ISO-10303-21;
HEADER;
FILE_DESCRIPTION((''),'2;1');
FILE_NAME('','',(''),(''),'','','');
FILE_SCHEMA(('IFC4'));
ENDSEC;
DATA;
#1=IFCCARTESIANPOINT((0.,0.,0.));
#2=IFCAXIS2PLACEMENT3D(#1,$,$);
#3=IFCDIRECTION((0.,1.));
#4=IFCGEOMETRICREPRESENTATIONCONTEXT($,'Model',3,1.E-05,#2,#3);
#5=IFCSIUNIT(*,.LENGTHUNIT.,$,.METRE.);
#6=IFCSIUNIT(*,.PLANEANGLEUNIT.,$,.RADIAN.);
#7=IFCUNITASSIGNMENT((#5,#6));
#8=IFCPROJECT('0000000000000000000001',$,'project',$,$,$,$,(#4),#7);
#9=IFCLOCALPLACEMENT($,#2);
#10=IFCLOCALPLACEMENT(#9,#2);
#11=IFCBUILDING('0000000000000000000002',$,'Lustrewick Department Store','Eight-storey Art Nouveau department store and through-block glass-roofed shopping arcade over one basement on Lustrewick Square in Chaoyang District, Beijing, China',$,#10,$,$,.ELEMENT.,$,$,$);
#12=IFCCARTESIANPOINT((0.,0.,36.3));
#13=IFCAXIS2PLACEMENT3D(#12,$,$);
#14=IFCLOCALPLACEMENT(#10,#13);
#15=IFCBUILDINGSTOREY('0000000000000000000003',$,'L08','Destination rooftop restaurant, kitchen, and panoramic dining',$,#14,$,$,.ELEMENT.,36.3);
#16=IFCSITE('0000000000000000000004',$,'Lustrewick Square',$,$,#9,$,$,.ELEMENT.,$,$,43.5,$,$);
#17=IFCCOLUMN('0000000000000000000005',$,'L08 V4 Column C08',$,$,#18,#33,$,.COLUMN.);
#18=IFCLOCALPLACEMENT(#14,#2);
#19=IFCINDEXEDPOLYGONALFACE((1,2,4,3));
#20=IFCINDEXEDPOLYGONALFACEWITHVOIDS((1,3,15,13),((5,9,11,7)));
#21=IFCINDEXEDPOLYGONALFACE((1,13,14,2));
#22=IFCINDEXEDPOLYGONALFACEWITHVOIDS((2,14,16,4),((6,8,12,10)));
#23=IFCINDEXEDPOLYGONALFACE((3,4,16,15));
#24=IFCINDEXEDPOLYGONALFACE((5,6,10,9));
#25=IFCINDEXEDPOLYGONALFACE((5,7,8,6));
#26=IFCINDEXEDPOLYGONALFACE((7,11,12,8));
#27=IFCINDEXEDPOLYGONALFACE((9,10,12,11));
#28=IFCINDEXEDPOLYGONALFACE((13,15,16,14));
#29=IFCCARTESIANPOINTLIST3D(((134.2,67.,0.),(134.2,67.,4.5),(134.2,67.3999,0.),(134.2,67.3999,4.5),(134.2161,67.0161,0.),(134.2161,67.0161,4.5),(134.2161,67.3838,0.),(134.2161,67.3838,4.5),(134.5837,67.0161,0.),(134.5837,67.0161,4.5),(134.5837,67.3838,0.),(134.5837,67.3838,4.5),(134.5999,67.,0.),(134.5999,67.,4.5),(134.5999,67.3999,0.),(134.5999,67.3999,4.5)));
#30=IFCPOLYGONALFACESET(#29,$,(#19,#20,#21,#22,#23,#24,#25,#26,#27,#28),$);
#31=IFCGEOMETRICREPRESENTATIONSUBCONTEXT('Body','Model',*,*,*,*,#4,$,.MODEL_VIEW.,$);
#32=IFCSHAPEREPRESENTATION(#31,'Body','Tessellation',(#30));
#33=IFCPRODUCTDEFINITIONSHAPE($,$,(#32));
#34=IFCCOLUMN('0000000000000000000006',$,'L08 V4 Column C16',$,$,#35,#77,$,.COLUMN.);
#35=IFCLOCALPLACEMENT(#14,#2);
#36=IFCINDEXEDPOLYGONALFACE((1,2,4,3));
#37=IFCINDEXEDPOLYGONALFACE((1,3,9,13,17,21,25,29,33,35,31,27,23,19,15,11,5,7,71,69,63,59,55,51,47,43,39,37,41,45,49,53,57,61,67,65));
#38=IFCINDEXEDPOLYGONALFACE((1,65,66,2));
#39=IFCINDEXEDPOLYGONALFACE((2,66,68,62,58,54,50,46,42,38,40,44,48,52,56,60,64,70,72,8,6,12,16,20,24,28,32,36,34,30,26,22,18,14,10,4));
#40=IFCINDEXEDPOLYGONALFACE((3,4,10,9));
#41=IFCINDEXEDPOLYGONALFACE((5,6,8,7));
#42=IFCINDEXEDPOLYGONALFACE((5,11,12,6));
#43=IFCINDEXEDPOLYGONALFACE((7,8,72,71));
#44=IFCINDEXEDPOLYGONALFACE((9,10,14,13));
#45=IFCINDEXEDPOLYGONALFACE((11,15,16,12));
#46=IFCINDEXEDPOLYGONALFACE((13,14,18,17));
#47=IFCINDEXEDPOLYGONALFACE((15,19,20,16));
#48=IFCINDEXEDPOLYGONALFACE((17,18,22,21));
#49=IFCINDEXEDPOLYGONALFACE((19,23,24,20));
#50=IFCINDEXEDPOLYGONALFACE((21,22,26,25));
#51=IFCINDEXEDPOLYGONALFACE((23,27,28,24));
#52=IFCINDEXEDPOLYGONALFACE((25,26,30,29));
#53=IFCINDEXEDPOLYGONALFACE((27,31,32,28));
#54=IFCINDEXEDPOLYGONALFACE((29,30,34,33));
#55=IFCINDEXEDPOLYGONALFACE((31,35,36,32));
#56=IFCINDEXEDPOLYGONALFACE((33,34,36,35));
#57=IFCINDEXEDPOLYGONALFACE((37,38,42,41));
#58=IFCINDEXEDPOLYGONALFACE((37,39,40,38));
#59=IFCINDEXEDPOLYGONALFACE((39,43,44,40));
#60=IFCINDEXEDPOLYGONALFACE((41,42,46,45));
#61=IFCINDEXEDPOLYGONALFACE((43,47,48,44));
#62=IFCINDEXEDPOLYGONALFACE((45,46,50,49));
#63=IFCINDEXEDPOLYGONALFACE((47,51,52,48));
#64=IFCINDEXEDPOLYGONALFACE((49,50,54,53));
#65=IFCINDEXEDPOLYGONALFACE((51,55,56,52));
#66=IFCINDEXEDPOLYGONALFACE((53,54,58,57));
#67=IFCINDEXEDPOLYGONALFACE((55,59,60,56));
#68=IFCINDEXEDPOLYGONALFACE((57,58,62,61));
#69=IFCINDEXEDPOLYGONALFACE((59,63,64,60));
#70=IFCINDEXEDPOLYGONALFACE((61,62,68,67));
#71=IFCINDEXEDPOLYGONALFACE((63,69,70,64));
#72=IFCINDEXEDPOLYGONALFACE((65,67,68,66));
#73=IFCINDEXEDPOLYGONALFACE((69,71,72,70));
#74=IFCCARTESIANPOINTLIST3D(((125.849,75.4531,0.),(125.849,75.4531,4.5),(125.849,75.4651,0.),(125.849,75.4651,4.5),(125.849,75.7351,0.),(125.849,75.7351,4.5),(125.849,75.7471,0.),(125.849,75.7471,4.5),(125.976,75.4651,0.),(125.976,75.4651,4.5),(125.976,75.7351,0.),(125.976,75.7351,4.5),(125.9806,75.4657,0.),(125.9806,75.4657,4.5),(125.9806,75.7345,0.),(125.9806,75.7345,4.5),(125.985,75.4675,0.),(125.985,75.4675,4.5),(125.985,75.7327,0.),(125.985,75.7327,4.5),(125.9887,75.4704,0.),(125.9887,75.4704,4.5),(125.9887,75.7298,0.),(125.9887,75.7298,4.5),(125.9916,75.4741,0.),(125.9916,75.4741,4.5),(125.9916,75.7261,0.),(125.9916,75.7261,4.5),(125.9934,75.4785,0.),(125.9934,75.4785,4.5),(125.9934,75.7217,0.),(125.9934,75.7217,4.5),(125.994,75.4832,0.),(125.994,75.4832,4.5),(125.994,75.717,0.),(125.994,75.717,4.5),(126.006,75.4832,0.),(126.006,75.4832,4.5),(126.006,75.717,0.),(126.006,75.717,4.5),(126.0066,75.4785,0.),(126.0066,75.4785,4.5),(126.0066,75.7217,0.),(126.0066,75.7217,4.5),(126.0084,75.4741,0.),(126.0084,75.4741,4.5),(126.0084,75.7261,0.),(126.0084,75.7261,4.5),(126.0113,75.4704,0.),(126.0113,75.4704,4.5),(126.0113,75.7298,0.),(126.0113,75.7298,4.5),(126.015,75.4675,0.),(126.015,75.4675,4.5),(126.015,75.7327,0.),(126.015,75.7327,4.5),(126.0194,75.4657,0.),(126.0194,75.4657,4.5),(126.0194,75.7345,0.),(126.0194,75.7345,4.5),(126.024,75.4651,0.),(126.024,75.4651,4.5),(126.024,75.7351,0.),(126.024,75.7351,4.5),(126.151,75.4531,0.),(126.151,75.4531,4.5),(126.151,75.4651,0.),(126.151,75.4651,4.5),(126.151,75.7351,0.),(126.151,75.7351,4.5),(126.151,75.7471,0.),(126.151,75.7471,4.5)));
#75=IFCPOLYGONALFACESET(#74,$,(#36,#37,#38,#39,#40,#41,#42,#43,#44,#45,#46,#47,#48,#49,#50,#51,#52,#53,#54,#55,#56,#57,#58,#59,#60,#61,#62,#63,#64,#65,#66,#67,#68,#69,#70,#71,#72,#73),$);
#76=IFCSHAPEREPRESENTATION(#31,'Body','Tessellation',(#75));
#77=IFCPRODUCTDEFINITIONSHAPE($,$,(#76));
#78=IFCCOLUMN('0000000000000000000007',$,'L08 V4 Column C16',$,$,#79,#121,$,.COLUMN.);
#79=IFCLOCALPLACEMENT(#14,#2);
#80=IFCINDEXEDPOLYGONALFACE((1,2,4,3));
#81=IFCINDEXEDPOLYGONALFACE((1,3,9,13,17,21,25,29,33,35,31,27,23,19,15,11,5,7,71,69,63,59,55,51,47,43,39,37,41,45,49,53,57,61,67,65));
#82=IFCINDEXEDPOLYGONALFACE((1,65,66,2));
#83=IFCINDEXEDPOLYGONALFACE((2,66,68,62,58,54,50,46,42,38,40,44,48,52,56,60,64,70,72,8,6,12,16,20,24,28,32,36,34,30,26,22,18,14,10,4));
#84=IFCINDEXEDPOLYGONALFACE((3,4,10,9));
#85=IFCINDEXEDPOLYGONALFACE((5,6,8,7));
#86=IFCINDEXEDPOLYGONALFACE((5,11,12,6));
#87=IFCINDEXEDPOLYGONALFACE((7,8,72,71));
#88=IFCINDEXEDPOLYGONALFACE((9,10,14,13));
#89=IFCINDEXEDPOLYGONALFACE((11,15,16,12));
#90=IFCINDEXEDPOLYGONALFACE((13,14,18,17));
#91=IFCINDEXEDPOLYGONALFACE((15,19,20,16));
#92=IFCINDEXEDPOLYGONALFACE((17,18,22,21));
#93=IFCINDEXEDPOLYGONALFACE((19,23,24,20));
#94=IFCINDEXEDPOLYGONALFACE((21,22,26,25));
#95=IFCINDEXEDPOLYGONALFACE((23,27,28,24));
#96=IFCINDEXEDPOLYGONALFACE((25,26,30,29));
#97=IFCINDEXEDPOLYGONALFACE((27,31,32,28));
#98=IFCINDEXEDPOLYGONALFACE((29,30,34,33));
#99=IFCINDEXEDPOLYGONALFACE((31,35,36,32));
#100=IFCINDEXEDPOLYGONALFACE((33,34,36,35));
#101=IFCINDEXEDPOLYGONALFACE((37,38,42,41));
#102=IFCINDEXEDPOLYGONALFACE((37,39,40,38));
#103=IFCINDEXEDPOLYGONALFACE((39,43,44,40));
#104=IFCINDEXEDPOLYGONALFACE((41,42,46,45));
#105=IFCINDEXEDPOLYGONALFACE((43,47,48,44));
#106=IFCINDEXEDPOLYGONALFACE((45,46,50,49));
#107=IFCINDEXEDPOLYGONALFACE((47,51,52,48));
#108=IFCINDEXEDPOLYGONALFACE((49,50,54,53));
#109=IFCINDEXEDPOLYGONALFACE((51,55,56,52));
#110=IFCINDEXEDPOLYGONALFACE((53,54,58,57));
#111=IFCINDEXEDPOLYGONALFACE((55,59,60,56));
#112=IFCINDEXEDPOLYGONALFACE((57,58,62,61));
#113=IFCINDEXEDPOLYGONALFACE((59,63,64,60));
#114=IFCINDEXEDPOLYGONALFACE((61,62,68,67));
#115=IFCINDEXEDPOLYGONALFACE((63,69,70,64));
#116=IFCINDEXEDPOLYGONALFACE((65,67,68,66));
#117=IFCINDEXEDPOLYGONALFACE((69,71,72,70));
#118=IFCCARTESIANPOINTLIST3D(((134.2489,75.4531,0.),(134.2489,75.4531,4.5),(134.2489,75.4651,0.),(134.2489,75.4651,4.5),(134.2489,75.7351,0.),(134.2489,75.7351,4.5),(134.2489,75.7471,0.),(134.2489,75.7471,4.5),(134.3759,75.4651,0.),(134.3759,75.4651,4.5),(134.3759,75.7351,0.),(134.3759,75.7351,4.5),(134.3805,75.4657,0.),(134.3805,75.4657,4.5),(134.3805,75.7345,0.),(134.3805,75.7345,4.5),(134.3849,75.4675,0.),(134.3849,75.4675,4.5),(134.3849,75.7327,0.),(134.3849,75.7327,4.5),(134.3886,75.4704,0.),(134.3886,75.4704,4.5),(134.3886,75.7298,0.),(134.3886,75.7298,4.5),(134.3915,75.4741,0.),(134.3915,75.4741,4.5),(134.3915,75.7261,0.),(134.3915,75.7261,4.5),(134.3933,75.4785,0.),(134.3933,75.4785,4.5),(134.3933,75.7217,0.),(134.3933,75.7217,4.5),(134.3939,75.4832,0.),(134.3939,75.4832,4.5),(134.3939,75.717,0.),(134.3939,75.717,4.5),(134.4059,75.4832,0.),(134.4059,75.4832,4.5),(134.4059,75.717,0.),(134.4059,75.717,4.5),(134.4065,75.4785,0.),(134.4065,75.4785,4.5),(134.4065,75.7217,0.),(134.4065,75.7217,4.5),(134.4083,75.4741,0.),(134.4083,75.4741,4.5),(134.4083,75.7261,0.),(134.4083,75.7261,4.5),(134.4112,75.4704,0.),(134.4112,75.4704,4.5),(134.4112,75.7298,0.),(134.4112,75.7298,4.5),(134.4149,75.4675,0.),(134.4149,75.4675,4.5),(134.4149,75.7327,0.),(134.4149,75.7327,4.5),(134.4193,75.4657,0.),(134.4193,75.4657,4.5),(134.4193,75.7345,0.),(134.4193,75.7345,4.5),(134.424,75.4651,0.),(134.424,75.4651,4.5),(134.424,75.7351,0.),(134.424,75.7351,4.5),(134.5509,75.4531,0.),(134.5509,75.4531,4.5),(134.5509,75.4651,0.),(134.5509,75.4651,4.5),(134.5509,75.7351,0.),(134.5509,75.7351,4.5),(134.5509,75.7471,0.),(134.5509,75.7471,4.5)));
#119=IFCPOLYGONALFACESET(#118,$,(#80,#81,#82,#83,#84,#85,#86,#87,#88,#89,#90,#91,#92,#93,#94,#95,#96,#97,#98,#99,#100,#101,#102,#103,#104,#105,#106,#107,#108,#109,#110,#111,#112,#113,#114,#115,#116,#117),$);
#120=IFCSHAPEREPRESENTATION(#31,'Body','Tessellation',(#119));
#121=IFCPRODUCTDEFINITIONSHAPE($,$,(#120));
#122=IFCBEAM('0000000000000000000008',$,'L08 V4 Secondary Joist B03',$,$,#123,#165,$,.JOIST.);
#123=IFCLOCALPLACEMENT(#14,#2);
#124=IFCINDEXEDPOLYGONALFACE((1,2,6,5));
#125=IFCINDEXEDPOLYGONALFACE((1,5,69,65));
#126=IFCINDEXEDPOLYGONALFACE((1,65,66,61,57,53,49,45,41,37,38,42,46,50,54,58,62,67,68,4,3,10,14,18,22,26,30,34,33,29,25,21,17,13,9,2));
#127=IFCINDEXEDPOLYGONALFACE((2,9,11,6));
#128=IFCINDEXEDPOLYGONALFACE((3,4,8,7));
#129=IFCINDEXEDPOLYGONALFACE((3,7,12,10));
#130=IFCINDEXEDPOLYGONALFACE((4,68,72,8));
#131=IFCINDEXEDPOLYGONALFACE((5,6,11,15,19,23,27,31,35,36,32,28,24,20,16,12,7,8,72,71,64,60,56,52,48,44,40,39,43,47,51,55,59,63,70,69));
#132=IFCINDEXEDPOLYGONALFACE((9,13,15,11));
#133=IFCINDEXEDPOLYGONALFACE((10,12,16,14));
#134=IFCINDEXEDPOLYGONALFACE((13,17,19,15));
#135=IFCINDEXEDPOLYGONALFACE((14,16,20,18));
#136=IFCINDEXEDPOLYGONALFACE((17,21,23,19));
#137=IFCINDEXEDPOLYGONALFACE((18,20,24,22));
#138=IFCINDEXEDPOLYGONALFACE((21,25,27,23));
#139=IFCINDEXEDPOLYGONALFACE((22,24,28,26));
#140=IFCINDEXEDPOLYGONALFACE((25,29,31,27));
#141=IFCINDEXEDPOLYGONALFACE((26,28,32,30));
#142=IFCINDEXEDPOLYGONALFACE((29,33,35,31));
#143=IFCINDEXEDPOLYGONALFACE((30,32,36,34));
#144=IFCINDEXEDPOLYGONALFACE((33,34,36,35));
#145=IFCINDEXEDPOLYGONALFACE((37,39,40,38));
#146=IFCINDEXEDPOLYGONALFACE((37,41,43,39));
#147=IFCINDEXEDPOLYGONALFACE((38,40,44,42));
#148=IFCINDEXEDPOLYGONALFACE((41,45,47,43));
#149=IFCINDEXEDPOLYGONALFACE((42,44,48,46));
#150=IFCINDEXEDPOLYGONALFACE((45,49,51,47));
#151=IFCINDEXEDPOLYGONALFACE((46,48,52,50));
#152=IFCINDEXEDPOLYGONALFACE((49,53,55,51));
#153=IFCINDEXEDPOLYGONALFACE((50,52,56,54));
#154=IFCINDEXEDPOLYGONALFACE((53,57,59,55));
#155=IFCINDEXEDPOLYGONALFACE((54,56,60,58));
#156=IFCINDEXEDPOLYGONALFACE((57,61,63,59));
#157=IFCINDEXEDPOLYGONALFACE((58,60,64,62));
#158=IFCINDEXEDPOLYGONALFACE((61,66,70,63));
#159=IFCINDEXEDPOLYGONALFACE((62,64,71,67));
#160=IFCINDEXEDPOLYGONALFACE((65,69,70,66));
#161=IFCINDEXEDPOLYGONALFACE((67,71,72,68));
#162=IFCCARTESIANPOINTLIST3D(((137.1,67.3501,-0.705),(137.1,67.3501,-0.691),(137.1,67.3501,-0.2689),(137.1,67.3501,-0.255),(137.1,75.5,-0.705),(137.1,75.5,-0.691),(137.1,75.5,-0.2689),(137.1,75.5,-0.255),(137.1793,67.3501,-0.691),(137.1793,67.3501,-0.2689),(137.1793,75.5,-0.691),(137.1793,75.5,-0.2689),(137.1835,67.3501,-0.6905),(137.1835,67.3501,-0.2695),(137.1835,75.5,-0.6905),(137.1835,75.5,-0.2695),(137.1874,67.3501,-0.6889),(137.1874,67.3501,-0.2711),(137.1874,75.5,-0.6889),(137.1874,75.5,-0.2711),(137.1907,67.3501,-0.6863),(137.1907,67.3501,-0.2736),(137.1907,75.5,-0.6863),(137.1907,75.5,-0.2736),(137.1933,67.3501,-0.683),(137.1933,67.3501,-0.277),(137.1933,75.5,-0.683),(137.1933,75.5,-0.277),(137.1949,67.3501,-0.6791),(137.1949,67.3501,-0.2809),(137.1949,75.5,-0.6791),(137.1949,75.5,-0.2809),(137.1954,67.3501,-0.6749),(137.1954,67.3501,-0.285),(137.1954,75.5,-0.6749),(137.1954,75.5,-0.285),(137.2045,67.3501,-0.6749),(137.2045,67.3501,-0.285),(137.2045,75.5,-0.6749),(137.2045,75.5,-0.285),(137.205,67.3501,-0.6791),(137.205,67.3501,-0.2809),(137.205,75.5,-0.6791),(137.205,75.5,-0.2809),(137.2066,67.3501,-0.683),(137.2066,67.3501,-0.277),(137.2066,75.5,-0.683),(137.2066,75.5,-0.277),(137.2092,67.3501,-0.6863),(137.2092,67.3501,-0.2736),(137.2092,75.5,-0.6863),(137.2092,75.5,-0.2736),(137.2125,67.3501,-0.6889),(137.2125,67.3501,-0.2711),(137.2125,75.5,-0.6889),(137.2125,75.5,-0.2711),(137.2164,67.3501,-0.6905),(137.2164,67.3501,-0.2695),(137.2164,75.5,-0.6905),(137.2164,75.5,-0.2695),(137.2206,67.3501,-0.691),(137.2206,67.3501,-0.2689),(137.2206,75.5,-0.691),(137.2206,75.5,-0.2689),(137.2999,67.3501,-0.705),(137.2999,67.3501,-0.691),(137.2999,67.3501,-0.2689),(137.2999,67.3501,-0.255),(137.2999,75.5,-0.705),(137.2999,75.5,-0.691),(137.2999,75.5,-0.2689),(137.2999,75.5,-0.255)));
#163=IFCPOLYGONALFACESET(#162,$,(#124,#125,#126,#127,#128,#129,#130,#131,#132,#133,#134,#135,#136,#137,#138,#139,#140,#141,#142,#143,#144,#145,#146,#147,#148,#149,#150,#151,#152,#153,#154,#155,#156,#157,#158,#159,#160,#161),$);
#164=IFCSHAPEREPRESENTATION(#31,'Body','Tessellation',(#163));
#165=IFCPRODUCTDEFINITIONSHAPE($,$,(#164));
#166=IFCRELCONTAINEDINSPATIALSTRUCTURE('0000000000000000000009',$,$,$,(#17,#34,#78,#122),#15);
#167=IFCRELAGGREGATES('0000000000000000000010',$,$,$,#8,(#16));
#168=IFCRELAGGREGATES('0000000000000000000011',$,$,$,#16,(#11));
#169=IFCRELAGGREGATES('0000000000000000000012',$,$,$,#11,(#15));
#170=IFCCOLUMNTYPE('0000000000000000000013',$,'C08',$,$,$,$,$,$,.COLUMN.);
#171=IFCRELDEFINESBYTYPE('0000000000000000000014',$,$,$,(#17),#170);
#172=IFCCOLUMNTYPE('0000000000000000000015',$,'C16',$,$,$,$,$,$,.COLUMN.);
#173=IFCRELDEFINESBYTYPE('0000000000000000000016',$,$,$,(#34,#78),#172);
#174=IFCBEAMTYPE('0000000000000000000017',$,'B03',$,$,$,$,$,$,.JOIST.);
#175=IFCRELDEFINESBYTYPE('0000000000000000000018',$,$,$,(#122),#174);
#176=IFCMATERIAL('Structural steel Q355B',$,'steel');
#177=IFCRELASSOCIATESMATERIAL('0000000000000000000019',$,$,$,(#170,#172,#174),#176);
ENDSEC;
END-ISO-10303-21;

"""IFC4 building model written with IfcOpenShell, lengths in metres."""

from ifc_helpers import new_model, si_unit, direction, frame, origin, origin_2d, place, context, subcontext, project, spatial, hollow_rectangle, i_section, extrude, material, material_profile, profile_set, type_object, element, save


model = new_model("IFC4")

# Units and contexts
model_context = context("Model", 3, precision=1e-05, world=origin(), true_north=direction((0.0, 1.0)))
body_context = subcontext(model_context, "Body", "Model", "MODEL_VIEW")
ifc_project = project(units=[si_unit("LENGTHUNIT", "METRE"), si_unit("PLANEANGLEUNIT", "RADIAN")], contexts=[model_context])

# Site, building, storey
site_placement = place(None, origin())
site = spatial("IfcSite", under=ifc_project, at=site_placement, Name="Lustrewick Square", CompositionType="ELEMENT", RefElevation=43.5)
building_placement = place(site_placement, origin())
building = spatial("IfcBuilding", under=site, at=building_placement, Name="Lustrewick Department Store", Description="Eight-storey Art Nouveau department store and through-block glass-roofed shopping arcade over one basement on Lustrewick Square in Chaoyang District, Beijing, China", CompositionType="ELEMENT")
storey_placement = place(building_placement, frame((0.0, 0.0, 36.3)))
storey = spatial("IfcBuildingStorey", under=building, at=storey_placement, Name="L08", Description="Destination rooftop restaurant, kitchen, and panoramic dining", CompositionType="ELEMENT", Elevation=36.3)

# Columns
ifc_material_1 = material(Name="Structural steel Q355B", Category="steel")
ifc_material_profile_1 = material_profile(ifc_material_1, hollow_rectangle(XDim=0.3999, YDim=0.3999, WallThickness=0.0161, at=origin_2d()), Name="BOX 400x400x16")
ifc_profile_set_1 = profile_set([ifc_material_profile_1], Name="Structural steel Q355B")
column_type_1 = type_object("IfcColumnType", Name="C08", PredefinedType="COLUMN", material=ifc_profile_set_1)
column_placement = place(storey_placement, frame((134.3999, 67.2, 0.0), z_axis=(0.0, 0.0, 1.0), x_axis=(1.0, 0.0, 0.0)))
element("IfcColumn", 1, at=column_placement, inside=storey, type_object=column_type_1, Name="L08 V4 Column C08", PredefinedType="COLUMN", context=body_context, shape_type="SweptSolid", body=[
    extrude(hollow_rectangle(XDim=0.3999, YDim=0.3999, WallThickness=0.0161, at=origin_2d()), origin(), (0.0, 0.0, 1.0), 4.5),
])
ifc_material_profile_2 = material_profile(ifc_material_1, i_section(OverallWidth=0.302, OverallDepth=0.2939, WebThickness=0.012, FlangeThickness=0.012, FilletRadius=0.0181, at=origin_2d()), Name="HW 294x302x12x12")
ifc_profile_set_2 = profile_set([ifc_material_profile_2], Name="Structural steel Q355B")
column_type_2 = type_object("IfcColumnType", Name="C16", PredefinedType="COLUMN", material=ifc_profile_set_2)
for number, where, z_axis, x_axis, name in (
    (2, (126.0, 75.6001, 0.0), (0.0, 0.0, 1.0), (1.0, 0.0, 0.0), "L08 V4 Column C16"),
    (3, (134.3999, 75.6001, 0.0), (0.0, 0.0, 1.0), (1.0, 0.0, 0.0), "L08 V4 Column C16"),
):
    element("IfcColumn", number, at=place(storey_placement, frame(where, z_axis=z_axis, x_axis=x_axis)), inside=storey, type_object=column_type_2, Name=name, PredefinedType="COLUMN", context=body_context, shape_type="SweptSolid", body=[
        extrude(i_section(OverallWidth=0.302, OverallDepth=0.2939, WebThickness=0.012, FlangeThickness=0.012, FilletRadius=0.0181, at=origin_2d()), origin(), (0.0, 0.0, 1.0), 4.5),
    ])

# Beam
ifc_material_profile_3 = material_profile(ifc_material_1, i_section(OverallWidth=0.2, OverallDepth=0.45, WebThickness=0.009, FlangeThickness=0.0139, FilletRadius=0.0161, at=origin_2d()), Name="HN 450x200x9x14")
ifc_profile_set_3 = profile_set([ifc_material_profile_3], Name="Structural steel Q355B")
beam_type_1 = type_object("IfcBeamType", Name="B03", PredefinedType="JOIST", material=ifc_profile_set_3)
beam_1_placement = place(storey_placement, frame((137.2, 67.3501, -0.48), z_axis=(0.0, 1.0, 0.0), x_axis=(-1.0, 0.0, 0.0)))
element("IfcBeam", 4, at=beam_1_placement, inside=storey, type_object=beam_type_1, Name="L08 V4 Secondary Joist B03", PredefinedType="JOIST", context=body_context, shape_type="SweptSolid", body=[
    extrude(i_section(OverallWidth=0.2, OverallDepth=0.45, WebThickness=0.009, FlangeThickness=0.0139, FilletRadius=0.0161, at=origin_2d()), origin(), (0.0, 0.0, 1.0), 8.1499),
])

save(model, "model.ifc")
